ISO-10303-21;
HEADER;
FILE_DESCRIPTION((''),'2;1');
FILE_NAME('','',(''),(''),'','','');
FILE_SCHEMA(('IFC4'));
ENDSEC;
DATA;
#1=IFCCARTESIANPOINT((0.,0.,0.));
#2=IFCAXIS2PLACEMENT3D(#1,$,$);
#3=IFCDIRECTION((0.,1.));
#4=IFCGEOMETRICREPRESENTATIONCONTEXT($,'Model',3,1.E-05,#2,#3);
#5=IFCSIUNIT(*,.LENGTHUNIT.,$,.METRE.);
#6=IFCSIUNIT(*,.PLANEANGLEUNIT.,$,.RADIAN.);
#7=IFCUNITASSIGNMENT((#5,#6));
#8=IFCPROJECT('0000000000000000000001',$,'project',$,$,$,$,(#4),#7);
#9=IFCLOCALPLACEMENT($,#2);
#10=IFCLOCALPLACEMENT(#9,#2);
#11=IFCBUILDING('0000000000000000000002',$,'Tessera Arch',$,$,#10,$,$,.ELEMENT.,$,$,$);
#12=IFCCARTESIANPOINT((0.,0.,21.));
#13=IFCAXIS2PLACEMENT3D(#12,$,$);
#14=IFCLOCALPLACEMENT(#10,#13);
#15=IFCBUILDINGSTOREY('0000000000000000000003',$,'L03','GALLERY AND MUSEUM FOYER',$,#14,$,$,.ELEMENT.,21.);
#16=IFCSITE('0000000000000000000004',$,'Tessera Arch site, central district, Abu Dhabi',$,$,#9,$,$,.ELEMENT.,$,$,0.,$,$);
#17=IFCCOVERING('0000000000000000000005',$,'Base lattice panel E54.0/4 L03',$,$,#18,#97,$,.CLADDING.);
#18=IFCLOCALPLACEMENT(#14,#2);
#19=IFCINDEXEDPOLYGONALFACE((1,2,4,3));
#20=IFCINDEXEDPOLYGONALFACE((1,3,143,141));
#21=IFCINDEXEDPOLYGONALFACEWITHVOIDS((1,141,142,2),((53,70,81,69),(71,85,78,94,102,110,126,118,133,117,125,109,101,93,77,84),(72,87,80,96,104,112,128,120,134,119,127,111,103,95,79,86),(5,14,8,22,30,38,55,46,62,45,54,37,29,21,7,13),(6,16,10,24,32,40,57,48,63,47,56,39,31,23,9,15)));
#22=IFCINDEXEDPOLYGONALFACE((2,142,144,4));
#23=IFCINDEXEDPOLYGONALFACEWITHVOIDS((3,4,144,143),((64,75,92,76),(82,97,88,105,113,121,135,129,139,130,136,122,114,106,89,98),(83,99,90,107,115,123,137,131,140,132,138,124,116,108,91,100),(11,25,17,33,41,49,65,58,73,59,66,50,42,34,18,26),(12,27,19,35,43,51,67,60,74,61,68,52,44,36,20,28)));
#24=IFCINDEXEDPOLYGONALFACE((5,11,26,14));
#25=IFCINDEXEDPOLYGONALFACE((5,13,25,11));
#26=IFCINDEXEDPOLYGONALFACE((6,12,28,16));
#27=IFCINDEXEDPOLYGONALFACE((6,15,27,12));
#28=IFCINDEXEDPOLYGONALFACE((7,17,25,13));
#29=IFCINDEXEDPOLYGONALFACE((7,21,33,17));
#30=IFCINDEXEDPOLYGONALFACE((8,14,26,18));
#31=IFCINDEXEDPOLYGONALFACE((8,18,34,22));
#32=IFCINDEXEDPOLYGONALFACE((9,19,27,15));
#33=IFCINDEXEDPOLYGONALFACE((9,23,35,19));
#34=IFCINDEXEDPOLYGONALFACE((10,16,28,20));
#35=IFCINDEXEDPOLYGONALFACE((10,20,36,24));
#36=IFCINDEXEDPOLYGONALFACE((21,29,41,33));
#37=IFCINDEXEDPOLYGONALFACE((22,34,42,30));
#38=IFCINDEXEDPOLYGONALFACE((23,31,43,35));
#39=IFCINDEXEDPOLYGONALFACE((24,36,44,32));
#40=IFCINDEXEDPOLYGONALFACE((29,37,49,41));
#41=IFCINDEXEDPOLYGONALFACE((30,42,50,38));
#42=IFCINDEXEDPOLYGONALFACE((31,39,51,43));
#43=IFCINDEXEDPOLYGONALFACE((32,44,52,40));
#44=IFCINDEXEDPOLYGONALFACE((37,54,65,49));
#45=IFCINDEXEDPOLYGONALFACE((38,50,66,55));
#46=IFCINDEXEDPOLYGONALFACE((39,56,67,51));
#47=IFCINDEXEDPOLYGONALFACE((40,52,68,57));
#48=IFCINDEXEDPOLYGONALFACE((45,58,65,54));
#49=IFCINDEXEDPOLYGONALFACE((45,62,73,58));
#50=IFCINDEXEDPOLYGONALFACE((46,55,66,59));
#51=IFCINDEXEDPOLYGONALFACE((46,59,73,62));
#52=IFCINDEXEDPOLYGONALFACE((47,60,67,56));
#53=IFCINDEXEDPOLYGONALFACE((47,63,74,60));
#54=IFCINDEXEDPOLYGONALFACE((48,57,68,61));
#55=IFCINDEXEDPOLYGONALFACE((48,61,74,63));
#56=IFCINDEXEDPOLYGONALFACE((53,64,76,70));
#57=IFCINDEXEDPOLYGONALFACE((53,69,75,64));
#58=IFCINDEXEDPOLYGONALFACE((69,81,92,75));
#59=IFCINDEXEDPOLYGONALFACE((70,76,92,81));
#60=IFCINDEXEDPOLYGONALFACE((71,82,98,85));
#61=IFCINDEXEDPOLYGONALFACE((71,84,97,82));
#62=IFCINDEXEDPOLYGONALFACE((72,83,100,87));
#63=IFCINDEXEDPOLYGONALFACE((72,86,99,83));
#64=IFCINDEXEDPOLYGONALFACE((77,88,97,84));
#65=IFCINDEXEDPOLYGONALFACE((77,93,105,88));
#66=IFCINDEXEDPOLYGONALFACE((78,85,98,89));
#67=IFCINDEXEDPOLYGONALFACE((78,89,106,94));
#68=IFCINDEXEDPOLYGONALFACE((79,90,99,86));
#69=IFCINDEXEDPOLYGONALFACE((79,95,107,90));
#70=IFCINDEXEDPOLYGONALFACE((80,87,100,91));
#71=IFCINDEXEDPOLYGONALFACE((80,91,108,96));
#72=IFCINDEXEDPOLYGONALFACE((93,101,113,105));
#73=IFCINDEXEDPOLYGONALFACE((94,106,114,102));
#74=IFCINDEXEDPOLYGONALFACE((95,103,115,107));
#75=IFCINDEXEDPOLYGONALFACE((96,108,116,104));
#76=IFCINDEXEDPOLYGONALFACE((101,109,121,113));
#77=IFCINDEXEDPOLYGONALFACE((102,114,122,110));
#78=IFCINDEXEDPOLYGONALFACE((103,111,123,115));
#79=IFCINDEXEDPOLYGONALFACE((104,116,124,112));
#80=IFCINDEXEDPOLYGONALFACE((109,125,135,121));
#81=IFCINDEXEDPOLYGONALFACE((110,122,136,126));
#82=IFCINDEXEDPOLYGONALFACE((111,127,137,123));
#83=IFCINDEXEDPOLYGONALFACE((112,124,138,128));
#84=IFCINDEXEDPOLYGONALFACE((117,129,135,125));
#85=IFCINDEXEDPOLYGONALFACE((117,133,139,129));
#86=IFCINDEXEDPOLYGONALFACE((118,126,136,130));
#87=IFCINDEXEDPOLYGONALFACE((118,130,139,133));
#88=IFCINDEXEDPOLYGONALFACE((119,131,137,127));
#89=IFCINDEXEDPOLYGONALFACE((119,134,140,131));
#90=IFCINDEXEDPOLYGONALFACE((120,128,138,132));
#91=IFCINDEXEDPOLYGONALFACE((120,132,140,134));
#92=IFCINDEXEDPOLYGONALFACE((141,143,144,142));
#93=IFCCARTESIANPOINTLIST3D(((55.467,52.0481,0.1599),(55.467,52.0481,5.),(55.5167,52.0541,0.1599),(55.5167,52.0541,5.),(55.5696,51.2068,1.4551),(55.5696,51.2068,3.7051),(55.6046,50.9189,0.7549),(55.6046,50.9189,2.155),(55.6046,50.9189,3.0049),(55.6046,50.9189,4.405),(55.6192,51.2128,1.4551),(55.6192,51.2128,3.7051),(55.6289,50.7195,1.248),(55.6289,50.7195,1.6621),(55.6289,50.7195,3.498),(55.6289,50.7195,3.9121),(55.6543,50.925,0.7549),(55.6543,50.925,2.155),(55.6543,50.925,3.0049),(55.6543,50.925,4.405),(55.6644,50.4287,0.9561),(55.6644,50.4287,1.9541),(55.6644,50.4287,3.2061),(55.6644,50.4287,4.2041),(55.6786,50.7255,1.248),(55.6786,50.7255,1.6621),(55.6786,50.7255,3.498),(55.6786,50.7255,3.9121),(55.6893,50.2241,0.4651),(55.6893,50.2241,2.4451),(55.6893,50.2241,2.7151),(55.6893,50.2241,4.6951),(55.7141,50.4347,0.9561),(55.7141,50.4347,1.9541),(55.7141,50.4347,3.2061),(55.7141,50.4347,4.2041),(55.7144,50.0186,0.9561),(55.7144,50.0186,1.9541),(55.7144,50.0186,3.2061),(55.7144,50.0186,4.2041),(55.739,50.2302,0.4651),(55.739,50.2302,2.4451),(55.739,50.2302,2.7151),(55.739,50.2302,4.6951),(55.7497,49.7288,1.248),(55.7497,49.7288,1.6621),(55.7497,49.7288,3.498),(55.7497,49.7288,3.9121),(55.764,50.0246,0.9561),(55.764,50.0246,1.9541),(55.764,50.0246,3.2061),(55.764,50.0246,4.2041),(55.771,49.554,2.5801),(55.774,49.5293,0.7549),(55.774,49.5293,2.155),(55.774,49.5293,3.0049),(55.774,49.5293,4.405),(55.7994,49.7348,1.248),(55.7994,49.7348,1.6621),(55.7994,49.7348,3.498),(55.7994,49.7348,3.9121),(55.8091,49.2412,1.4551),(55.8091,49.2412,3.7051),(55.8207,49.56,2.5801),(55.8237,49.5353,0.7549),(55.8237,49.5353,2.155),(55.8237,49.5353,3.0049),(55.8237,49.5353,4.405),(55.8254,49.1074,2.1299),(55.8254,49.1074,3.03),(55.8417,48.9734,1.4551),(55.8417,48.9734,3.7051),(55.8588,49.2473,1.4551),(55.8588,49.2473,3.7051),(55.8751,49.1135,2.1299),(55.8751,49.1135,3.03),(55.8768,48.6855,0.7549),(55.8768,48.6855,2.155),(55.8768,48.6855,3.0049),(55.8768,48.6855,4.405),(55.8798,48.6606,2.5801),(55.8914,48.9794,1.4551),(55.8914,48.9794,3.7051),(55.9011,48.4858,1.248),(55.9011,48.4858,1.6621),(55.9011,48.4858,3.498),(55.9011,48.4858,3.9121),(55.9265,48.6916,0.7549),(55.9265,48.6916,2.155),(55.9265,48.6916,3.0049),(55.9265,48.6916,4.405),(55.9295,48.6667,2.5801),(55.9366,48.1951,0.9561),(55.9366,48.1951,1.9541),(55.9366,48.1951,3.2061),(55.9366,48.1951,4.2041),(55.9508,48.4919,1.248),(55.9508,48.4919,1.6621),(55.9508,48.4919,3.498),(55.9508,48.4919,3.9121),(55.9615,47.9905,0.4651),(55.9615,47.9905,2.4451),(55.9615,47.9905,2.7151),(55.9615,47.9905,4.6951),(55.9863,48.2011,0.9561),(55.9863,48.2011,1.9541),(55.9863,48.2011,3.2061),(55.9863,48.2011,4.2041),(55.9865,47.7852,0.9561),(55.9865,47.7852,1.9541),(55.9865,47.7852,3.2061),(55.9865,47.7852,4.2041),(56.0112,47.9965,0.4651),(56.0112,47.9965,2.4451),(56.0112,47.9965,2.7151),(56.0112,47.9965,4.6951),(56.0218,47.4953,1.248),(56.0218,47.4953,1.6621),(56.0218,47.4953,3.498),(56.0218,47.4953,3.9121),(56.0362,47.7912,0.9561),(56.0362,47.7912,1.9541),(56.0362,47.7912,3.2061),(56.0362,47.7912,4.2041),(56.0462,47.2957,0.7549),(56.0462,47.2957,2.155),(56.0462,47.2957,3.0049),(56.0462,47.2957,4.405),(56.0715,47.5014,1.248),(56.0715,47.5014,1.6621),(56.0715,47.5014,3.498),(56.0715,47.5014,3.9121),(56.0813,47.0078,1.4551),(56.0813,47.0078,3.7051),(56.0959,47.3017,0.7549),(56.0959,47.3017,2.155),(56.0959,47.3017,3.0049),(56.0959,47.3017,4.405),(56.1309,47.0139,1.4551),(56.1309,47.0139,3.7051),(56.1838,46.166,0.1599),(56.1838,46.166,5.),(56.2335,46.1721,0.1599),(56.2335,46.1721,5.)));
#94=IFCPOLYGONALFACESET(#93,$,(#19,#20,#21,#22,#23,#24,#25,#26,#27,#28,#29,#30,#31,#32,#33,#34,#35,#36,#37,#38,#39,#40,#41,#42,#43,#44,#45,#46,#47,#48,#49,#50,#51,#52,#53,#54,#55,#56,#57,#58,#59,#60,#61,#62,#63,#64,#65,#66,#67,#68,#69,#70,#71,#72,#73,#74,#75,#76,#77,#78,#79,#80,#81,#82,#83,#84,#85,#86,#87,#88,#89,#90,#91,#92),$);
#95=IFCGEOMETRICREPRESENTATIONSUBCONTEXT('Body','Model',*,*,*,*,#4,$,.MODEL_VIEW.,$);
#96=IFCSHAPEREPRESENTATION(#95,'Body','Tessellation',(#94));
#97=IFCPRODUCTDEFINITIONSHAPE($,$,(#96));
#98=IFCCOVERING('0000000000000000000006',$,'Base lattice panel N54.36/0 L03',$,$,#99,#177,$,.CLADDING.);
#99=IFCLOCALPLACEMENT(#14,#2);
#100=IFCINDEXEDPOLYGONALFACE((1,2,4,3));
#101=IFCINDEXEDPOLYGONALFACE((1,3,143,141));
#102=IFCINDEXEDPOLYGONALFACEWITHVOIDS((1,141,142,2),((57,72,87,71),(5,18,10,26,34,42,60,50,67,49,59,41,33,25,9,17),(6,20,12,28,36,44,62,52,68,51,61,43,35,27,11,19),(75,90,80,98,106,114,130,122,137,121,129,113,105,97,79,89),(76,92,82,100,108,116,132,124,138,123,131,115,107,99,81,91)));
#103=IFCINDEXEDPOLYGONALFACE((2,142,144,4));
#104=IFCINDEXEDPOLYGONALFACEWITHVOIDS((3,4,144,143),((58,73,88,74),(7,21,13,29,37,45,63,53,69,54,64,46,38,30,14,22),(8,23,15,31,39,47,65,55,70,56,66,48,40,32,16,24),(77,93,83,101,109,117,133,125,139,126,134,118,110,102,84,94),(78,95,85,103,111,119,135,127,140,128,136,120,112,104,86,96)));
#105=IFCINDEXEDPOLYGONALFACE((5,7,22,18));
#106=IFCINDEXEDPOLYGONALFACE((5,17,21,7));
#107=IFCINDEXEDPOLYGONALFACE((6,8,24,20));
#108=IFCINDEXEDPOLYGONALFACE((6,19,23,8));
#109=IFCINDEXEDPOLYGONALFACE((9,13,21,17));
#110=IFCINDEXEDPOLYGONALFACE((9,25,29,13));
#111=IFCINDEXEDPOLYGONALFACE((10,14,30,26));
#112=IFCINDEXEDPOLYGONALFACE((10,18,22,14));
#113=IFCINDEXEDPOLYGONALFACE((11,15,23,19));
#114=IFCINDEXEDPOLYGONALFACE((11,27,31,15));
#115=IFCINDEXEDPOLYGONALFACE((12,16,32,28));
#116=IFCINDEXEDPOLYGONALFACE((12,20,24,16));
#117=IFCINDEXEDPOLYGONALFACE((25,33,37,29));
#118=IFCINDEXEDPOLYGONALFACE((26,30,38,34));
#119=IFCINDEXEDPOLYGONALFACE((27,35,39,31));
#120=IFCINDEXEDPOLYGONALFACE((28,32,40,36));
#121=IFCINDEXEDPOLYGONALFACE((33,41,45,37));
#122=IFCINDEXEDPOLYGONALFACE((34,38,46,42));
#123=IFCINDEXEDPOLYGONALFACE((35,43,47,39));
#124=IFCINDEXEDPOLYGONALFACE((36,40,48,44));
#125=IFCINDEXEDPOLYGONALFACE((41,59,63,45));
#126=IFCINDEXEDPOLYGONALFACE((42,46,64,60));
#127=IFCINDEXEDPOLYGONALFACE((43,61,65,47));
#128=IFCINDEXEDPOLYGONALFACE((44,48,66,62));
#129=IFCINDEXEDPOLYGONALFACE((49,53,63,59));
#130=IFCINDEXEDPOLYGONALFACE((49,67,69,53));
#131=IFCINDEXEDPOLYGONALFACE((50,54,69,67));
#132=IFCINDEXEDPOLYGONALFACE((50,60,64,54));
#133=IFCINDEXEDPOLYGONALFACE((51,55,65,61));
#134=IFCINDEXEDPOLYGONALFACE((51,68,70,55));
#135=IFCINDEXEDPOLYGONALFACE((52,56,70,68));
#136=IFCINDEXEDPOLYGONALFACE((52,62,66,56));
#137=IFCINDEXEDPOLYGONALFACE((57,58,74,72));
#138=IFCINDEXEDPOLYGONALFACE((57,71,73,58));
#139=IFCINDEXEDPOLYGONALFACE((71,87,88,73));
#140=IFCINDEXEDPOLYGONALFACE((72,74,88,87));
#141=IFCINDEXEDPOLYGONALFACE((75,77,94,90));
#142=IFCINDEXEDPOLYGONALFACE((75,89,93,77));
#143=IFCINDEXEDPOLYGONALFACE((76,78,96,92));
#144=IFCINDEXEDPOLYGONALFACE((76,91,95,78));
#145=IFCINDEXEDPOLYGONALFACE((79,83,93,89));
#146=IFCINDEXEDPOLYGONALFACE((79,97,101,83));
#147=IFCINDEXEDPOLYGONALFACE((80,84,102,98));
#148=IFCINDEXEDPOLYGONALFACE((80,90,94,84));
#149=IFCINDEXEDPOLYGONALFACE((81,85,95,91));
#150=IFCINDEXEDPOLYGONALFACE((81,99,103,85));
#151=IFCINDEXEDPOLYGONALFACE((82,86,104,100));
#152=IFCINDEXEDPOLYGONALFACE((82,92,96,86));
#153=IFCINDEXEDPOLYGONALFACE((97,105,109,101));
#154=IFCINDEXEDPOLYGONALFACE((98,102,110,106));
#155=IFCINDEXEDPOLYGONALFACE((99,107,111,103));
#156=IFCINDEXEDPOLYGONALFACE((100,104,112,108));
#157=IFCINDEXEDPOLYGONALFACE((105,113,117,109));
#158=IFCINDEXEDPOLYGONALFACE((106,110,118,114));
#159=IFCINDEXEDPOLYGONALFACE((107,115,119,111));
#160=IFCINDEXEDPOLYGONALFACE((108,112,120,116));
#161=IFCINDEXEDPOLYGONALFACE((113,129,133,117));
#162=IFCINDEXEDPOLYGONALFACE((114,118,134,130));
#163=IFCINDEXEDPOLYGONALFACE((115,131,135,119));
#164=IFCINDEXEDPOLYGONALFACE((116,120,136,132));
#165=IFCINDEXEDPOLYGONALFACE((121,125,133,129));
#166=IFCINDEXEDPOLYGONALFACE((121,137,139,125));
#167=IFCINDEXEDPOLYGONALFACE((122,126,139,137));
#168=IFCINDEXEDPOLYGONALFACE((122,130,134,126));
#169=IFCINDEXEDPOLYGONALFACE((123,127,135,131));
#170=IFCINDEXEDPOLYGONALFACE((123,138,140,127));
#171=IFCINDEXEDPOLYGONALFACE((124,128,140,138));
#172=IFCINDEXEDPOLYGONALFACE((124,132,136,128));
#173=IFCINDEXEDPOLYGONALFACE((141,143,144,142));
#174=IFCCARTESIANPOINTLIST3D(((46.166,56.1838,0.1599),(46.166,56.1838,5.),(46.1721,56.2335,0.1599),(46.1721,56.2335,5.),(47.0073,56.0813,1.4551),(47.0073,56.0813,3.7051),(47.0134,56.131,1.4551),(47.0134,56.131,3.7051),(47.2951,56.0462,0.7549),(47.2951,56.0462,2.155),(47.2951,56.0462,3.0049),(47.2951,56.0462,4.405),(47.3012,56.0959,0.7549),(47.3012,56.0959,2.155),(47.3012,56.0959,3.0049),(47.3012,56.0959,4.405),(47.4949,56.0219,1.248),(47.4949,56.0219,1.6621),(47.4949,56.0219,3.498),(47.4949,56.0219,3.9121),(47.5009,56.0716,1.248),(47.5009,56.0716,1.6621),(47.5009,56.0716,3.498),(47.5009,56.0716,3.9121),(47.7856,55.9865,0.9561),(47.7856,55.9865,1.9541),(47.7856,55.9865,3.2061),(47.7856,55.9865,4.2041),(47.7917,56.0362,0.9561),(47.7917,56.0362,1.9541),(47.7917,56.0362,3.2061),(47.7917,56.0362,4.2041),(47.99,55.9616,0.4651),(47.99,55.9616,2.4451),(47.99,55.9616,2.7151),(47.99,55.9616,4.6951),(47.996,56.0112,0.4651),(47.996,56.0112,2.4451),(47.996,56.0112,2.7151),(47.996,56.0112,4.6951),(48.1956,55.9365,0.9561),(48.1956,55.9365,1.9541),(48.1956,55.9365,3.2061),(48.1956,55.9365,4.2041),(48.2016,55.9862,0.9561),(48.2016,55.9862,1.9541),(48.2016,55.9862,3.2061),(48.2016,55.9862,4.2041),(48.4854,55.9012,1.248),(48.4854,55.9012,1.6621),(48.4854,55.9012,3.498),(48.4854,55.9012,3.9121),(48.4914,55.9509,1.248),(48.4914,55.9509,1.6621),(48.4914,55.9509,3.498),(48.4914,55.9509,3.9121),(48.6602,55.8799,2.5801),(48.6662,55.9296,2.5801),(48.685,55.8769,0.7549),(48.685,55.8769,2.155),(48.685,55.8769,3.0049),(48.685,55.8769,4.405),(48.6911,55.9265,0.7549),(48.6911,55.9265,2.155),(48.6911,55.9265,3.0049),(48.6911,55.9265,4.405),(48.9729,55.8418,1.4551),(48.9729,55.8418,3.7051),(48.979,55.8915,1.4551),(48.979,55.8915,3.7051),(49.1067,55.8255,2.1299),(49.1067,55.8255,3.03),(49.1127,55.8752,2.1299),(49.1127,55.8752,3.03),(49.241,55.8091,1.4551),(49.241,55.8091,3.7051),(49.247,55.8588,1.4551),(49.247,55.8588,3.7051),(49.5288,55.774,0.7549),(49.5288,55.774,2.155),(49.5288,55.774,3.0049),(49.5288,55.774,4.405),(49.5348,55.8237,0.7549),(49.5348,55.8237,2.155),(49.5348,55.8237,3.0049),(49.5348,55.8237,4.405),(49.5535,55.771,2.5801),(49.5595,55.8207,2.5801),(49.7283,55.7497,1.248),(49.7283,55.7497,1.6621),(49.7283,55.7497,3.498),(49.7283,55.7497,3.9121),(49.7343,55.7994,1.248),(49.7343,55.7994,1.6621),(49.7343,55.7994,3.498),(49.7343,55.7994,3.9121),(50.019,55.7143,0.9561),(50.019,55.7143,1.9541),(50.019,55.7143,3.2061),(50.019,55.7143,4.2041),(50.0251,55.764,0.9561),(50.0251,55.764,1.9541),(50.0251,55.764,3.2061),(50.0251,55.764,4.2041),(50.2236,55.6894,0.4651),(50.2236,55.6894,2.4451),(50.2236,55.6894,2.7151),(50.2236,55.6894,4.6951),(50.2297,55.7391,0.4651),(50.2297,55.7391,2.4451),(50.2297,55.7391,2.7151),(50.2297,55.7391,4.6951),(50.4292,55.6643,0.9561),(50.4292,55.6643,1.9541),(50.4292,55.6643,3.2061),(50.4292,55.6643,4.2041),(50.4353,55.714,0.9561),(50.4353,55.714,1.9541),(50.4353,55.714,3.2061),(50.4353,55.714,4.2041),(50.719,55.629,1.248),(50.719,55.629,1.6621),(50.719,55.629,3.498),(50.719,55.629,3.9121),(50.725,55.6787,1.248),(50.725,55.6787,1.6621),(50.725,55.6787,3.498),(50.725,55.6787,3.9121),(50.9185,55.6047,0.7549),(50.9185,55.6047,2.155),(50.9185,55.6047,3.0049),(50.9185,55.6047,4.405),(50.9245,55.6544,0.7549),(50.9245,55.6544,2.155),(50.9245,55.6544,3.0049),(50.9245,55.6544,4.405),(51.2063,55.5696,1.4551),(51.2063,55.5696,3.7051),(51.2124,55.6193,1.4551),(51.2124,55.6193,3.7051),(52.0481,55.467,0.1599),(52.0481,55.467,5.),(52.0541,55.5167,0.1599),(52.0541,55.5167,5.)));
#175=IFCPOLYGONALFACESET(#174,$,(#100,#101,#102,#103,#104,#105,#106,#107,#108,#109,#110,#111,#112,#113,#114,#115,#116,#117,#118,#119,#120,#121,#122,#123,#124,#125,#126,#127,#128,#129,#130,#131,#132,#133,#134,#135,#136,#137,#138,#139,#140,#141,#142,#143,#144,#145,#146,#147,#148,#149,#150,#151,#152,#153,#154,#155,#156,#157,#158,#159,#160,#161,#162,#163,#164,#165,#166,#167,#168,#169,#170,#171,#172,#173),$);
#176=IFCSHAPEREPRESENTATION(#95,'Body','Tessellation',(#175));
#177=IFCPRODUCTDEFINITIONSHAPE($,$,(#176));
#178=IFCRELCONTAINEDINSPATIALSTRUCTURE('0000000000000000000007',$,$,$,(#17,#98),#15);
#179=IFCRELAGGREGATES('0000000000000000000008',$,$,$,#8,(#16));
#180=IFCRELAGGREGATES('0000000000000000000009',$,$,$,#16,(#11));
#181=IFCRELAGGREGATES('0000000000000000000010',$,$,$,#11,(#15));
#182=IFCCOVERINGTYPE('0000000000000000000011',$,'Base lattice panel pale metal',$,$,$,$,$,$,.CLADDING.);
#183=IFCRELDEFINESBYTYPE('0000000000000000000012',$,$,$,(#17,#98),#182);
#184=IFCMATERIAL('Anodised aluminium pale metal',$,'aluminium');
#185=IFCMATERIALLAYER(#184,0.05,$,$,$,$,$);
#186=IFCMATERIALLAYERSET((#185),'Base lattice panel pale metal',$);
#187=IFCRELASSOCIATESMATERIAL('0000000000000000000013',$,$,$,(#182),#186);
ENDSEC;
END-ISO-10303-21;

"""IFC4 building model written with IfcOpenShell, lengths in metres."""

from ifc_helpers import new_model, si_unit, direction, frame, origin, place, context, subcontext, project, spatial, polyline, outline, extrude, material, layer, layer_set, type_object, element, save


model = new_model("IFC4")

# Units and contexts
model_context = context("Model", 3, precision=1e-05, world=origin(), true_north=direction((0.0, 1.0)))
body_context = subcontext(model_context, "Body", "Model", "MODEL_VIEW")
ifc_project = project(units=[si_unit("LENGTHUNIT", "METRE"), si_unit("PLANEANGLEUNIT", "RADIAN")], contexts=[model_context])

# Site, building, storey
site_placement = place(None, origin())
site = spatial("IfcSite", under=ifc_project, at=site_placement, Name="Tessera Arch site, central district, Abu Dhabi", CompositionType="ELEMENT", RefElevation=0.0)
building_placement = place(site_placement, origin())
building = spatial("IfcBuilding", under=site, at=building_placement, Name="Tessera Arch", CompositionType="ELEMENT")
storey_placement = place(building_placement, frame((0.0, 0.0, 21.0)))
storey = spatial("IfcBuildingStorey", under=building, at=storey_placement, Name="L03", Description="GALLERY AND MUSEUM FOYER", CompositionType="ELEMENT", Elevation=21.0)

# Coverings
ifc_material_1 = material(Name="Anodised aluminium pale metal", Category="aluminium")
ifc_layer_1 = layer(ifc_material_1, 0.05)
ifc_layer_set_1 = layer_set([ifc_layer_1], Name="Base lattice panel pale metal")
covering_type = type_object("IfcCoveringType", Name="Base lattice panel pale metal", PredefinedType="CLADDING", material=ifc_layer_set_1)
covering_1_placement = place(storey_placement, frame((56.1838, 46.166, 5.0), z_axis=(-0.992657, -0.120966, 0.0), x_axis=(-0.120966, 0.992657, 0.0)))
element("IfcCovering", 1, at=covering_1_placement, inside=storey, type_object=covering_type, Name="Base lattice panel E54.0/4 L03", PredefinedType="CLADDING", context=body_context, shape_type="SweptSolid", body=[
    extrude(outline(polyline([(0.0, 0.0), (5.9256, 0.0), (5.9256, 4.8401), (0.0, 4.8401), (0.0, 0.0)]), holes=[polyline([(2.8281, 3.5449), (2.337, 3.3379), (2.5382, 2.845), (2.0441, 3.0459), (1.838, 2.5549), (1.6311, 3.0459), (1.138, 2.845), (1.3392, 3.3379), (0.848, 3.5449), (1.3392, 3.752), (1.138, 4.2451), (1.6311, 4.0439), (1.838, 4.5349), (2.0441, 4.0439), (2.5382, 4.2451), (2.337, 3.752), (2.8281, 3.5449)]), polyline([(2.8281, 1.2949), (2.337, 1.0879), (2.5382, 0.595), (2.0441, 0.7959), (1.838, 0.3049), (1.6311, 0.7959), (1.138, 0.595), (1.3392, 1.0879), (0.848, 1.2949), (1.3392, 1.502), (1.138, 1.9951), (1.6311, 1.7939), (1.838, 2.2849), (2.0441, 1.7939), (2.5382, 1.9951), (2.337, 1.502), (2.8281, 1.2949)]), polyline([(5.0781, 3.5449), (4.5872, 3.3379), (4.7881, 2.845), (4.2942, 3.0459), (4.0881, 2.5549), (3.881, 3.0459), (3.3881, 2.845), (3.5891, 3.3379), (3.0979, 3.5449), (3.5891, 3.752), (3.3881, 4.2451), (3.881, 4.0439), (4.0881, 4.5349), (4.2942, 4.0439), (4.7881, 4.2451), (4.5872, 3.752), (5.0781, 3.5449)]), polyline([(5.0781, 1.2949), (4.5872, 1.0879), (4.7881, 0.595), (4.2942, 0.7959), (4.0881, 0.3049), (3.881, 0.7959), (3.3881, 0.595), (3.5891, 1.0879), (3.0979, 1.2949), (3.5891, 1.502), (3.3881, 1.9951), (3.881, 1.7939), (4.0881, 2.2849), (4.2942, 1.7939), (4.7881, 1.9951), (4.5872, 1.502), (5.0781, 1.2949)]), polyline([(3.413, 2.4199), (2.9632, 1.97), (2.5131, 2.4199), (2.9632, 2.8701), (3.413, 2.4199)])]), origin(), (0.0, 0.0, -1.0), 0.05),
])
covering_2_placement = place(storey_placement, frame((52.0481, 55.467, 5.0), z_axis=(-0.120966, -0.992657, 0.0), x_axis=(-0.992657, 0.120966, 0.0)))
element("IfcCovering", 2, at=covering_2_placement, inside=storey, type_object=covering_type, Name="Base lattice panel N54.36/0 L03", PredefinedType="CLADDING", context=body_context, shape_type="SweptSolid", body=[
    extrude(outline(polyline([(0.0, 0.0), (5.9256, 0.0), (5.9256, 4.8401), (0.0, 4.8401), (0.0, 0.0)]), holes=[polyline([(2.8279, 3.5449), (2.337, 3.3379), (2.5379, 2.845), (2.0441, 3.0459), (1.838, 2.5549), (1.6309, 3.0459), (1.138, 2.845), (1.339, 3.3379), (0.848, 3.5449), (1.339, 3.752), (1.138, 4.2451), (1.6309, 4.0439), (1.838, 4.5349), (2.0441, 4.0439), (2.5379, 4.2451), (2.337, 3.752), (2.8279, 3.5449)]), polyline([(2.8279, 1.2949), (2.337, 1.0879), (2.5379, 0.595), (2.0441, 0.7959), (1.838, 0.3049), (1.6309, 0.7959), (1.138, 0.595), (1.339, 1.0879), (0.848, 1.2949), (1.339, 1.502), (1.138, 1.9951), (1.6309, 1.7939), (1.838, 2.2849), (2.0441, 1.7939), (2.5379, 1.9951), (2.337, 1.502), (2.8279, 1.2949)]), polyline([(5.0781, 3.5449), (4.5869, 3.3379), (4.7881, 2.845), (4.294, 3.0459), (4.0881, 2.5549), (3.881, 3.0459), (3.3879, 2.845), (3.5891, 3.3379), (3.0979, 3.5449), (3.5891, 3.752), (3.3879, 4.2451), (3.881, 4.0439), (4.0881, 4.5349), (4.294, 4.0439), (4.7881, 4.2451), (4.5869, 3.752), (5.0781, 3.5449)]), polyline([(5.0781, 1.2949), (4.5869, 1.0879), (4.7881, 0.595), (4.294, 0.7959), (4.0881, 0.3049), (3.881, 0.7959), (3.3879, 0.595), (3.5891, 1.0879), (3.0979, 1.2949), (3.5891, 1.502), (3.3879, 1.9951), (3.881, 1.7939), (4.0881, 2.2849), (4.294, 1.7939), (4.7881, 1.9951), (4.5869, 1.502), (5.0781, 1.2949)]), polyline([(3.413, 2.4199), (2.9632, 1.97), (2.5131, 2.4199), (2.9632, 2.8701), (3.413, 2.4199)])]), origin(), (0.0, 0.0, -1.0), 0.05),
])

save(model, "model.ifc")
